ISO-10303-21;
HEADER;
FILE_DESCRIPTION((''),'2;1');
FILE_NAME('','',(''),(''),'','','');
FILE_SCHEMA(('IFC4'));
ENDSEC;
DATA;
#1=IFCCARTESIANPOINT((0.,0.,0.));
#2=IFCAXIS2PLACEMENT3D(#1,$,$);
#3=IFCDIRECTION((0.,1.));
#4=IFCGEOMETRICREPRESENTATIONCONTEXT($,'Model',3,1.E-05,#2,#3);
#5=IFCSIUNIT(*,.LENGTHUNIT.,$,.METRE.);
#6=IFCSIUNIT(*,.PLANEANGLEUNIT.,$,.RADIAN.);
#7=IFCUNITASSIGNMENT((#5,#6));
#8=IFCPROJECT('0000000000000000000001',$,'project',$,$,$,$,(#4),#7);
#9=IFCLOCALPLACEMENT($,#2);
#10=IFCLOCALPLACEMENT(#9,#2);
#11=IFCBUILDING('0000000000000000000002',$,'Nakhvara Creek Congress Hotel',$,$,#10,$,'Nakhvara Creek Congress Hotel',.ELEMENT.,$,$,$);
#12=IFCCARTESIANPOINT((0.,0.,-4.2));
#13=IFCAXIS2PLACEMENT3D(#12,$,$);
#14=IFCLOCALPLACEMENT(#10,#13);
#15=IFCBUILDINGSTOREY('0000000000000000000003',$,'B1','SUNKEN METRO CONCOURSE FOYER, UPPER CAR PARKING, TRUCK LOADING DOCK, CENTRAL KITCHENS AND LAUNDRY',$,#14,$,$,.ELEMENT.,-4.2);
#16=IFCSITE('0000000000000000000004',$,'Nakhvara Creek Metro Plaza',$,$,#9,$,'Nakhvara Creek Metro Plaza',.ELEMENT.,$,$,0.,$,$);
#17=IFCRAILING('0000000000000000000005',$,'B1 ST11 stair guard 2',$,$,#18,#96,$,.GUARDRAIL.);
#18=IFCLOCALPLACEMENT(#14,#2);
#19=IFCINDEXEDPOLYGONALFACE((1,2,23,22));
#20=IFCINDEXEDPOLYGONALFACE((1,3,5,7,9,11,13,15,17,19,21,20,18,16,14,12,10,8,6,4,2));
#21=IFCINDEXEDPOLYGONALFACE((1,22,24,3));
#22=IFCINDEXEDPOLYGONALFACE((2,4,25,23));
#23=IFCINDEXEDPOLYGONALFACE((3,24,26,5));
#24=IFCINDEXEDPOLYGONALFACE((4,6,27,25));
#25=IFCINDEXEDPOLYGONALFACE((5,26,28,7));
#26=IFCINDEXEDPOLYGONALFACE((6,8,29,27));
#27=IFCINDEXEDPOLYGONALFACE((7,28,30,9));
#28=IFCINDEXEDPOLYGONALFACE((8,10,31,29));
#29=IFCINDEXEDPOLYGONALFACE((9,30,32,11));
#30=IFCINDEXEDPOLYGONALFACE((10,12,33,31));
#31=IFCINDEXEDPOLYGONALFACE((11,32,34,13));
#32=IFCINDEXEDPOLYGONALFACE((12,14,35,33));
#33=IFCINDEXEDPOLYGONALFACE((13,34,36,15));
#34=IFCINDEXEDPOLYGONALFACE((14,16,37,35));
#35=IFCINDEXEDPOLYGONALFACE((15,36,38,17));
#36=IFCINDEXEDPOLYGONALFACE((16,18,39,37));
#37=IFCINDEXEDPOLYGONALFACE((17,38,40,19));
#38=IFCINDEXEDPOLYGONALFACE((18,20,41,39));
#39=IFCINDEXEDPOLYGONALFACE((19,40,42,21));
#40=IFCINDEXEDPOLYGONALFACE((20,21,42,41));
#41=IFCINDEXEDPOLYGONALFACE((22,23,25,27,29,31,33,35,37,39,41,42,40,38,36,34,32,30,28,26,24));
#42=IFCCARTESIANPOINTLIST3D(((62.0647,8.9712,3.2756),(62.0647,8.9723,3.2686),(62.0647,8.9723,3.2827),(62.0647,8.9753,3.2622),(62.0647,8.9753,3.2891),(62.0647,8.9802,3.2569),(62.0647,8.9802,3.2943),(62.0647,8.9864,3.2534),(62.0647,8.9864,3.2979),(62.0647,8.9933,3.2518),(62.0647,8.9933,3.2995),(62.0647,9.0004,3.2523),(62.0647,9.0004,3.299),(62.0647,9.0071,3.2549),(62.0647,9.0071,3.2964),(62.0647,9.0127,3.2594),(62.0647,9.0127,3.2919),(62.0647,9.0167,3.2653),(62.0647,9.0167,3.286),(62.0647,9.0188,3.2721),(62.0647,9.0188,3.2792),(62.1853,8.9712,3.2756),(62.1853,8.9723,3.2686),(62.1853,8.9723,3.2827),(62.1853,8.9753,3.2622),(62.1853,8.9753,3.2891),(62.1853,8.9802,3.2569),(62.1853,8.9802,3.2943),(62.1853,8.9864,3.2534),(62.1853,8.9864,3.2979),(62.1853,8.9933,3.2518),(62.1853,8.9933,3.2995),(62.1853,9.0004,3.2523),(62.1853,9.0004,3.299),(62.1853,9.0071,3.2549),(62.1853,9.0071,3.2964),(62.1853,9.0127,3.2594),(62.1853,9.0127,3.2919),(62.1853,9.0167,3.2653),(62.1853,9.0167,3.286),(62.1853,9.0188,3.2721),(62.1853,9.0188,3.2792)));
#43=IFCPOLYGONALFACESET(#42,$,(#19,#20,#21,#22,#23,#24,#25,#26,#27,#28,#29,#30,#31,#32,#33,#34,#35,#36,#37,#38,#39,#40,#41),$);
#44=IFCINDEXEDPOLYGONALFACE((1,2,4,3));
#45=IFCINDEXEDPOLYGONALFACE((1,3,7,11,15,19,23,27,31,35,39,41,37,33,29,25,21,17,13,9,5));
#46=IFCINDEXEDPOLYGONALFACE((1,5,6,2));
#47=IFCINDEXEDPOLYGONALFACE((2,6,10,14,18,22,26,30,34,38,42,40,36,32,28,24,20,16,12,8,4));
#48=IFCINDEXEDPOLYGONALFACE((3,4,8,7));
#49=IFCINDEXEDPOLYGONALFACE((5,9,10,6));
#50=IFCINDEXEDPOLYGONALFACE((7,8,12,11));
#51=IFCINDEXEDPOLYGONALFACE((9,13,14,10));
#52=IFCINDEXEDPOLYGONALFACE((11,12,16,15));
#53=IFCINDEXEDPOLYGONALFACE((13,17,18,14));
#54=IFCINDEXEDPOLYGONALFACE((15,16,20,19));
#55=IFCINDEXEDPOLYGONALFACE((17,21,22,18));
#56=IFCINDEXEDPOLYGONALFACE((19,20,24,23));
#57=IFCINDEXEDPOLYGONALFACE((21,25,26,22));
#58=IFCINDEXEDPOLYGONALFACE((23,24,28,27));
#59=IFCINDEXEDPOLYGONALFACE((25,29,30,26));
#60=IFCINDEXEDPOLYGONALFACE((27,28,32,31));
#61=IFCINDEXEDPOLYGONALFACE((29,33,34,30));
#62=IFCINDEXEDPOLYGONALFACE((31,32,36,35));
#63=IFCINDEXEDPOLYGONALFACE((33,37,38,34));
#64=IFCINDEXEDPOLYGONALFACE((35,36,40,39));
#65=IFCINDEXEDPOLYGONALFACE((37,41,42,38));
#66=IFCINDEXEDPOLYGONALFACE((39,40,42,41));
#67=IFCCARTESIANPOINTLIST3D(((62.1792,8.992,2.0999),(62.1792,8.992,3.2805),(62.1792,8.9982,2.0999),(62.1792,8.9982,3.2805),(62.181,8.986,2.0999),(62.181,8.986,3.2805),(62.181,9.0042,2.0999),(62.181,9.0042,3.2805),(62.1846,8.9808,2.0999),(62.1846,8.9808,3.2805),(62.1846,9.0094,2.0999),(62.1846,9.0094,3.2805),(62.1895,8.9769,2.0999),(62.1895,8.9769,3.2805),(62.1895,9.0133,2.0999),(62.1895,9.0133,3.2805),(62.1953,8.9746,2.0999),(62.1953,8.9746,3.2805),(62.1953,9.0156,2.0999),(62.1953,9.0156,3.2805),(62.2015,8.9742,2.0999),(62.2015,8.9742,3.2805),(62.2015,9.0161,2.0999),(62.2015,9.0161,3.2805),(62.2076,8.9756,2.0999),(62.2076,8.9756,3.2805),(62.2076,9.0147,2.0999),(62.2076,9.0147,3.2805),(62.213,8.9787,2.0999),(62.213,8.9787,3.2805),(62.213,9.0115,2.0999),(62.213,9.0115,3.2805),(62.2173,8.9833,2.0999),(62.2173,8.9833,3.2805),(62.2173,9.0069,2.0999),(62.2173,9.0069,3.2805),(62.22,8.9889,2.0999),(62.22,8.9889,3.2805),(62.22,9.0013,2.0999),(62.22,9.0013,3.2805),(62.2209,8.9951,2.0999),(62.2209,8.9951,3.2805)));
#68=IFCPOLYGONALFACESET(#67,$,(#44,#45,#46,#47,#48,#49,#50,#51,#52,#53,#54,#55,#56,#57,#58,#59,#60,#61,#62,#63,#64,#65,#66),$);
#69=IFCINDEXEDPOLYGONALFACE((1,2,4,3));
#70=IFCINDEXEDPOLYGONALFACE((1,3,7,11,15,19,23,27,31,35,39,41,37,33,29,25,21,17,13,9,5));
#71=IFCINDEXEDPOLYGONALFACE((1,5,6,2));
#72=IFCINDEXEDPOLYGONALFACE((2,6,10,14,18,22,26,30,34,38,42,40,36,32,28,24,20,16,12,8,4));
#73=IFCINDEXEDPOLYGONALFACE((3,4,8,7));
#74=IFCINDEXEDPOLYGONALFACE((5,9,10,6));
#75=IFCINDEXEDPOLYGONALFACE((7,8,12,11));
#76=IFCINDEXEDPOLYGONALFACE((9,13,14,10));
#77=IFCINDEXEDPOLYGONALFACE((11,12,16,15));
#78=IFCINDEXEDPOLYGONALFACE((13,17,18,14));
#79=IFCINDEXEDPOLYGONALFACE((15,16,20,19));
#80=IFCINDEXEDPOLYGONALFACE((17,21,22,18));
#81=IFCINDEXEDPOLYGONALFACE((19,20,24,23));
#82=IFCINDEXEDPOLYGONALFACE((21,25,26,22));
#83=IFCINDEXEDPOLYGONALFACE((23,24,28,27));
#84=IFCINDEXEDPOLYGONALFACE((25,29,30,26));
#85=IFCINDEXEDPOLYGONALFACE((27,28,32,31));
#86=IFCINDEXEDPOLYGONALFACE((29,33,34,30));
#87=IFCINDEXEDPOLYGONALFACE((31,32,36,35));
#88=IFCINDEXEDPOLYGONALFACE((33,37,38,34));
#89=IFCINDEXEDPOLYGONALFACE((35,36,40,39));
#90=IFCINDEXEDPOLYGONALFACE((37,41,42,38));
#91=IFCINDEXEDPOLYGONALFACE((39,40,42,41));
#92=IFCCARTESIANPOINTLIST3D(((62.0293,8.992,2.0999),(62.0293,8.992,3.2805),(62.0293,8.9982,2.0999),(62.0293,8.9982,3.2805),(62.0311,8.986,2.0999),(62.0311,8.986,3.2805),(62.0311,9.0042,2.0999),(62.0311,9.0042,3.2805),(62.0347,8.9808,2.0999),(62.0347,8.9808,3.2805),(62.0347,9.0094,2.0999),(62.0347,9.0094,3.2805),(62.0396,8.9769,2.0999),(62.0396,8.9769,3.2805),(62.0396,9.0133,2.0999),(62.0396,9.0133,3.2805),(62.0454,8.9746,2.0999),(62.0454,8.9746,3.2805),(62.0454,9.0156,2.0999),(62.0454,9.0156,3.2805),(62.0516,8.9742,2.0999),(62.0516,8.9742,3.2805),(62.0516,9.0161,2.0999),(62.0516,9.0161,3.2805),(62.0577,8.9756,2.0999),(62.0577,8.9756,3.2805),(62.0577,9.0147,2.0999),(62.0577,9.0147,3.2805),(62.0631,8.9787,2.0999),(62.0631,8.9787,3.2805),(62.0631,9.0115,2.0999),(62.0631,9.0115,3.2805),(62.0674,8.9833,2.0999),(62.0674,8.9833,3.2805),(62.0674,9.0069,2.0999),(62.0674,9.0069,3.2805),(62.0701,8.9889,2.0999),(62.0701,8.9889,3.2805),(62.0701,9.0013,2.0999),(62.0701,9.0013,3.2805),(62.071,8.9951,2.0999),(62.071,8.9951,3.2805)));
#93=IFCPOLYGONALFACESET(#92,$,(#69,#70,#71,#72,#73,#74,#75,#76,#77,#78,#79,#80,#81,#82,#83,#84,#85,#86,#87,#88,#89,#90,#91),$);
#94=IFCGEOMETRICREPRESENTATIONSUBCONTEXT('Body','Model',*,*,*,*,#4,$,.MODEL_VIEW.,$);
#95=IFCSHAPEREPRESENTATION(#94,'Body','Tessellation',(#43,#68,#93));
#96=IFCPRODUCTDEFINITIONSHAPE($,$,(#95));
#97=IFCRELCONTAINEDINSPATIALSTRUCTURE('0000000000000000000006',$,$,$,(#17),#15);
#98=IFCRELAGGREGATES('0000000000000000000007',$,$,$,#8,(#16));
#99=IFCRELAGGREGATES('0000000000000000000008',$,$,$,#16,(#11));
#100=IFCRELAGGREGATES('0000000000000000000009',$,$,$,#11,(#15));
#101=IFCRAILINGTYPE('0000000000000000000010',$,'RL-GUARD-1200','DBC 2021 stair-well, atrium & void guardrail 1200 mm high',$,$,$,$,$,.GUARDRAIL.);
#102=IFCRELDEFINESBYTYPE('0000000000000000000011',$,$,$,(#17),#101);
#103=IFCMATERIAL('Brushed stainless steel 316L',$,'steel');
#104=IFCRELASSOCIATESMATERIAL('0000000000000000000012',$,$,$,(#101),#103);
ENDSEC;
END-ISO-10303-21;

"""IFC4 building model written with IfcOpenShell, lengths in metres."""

from ifc_helpers import new_model, si_unit, direction, frame, origin, origin_2d, place, context, subcontext, project, spatial, circle, extrude, material, type_object, element, save


model = new_model("IFC4")

# Units and contexts
model_context = context("Model", 3, precision=1e-05, world=origin(), true_north=direction((0.0, 1.0)))
body_context = subcontext(model_context, "Body", "Model", "MODEL_VIEW")
ifc_project = project(units=[si_unit("LENGTHUNIT", "METRE"), si_unit("PLANEANGLEUNIT", "RADIAN")], contexts=[model_context])

# Site, building, storey
site_placement = place(None, origin())
site = spatial("IfcSite", under=ifc_project, at=site_placement, Name="Nakhvara Creek Metro Plaza", LongName="Nakhvara Creek Metro Plaza", CompositionType="ELEMENT", RefElevation=0.0)
building_placement = place(site_placement, origin())
building = spatial("IfcBuilding", under=site, at=building_placement, Name="Nakhvara Creek Congress Hotel", LongName="Nakhvara Creek Congress Hotel", CompositionType="ELEMENT")
storey_placement = place(building_placement, frame((0.0, 0.0, -4.2)))
storey = spatial("IfcBuildingStorey", under=building, at=storey_placement, Name="B1", Description="SUNKEN METRO CONCOURSE FOYER, UPPER CAR PARKING, TRUCK LOADING DOCK, CENTRAL KITCHENS AND LAUNDRY", CompositionType="ELEMENT", Elevation=-4.2)

# Railing
ifc_material_1 = material(Name="Brushed stainless steel 316L", Category="steel")
railing_type_1 = type_object("IfcRailingType", Name="RL-GUARD-1200", Description="DBC 2021 stair-well, atrium & void guardrail 1200 mm high", PredefinedType="GUARDRAIL", material=ifc_material_1)
railing_1_placement = place(storey_placement, frame((62.2, 8.9951, 2.0999)))
element("IfcRailing", 1, at=railing_1_placement, inside=storey, type_object=railing_type_1, Name="B1 ST11 stair guard 2", PredefinedType="GUARDRAIL", context=body_context, shape_type="SweptSolid", body=[
    extrude(circle(Radius=0.0239, at=origin_2d()), frame((-0.0146, 0.0, 1.1758), z_axis=(-1.0, 0.0, 0.0), x_axis=(0.0, -1.0, 0.0)), (0.0, 0.0, 1.0), 0.1206),
    extrude(circle(Radius=0.021, at=origin_2d()), origin(), (0.0, 0.0, 1.0), 1.1807),
    extrude(circle(Radius=0.021, at=origin_2d()), frame((-0.1499, 0.0, 0.0)), (0.0, 0.0, 1.0), 1.1807),
])

save(model, "model.ifc")
